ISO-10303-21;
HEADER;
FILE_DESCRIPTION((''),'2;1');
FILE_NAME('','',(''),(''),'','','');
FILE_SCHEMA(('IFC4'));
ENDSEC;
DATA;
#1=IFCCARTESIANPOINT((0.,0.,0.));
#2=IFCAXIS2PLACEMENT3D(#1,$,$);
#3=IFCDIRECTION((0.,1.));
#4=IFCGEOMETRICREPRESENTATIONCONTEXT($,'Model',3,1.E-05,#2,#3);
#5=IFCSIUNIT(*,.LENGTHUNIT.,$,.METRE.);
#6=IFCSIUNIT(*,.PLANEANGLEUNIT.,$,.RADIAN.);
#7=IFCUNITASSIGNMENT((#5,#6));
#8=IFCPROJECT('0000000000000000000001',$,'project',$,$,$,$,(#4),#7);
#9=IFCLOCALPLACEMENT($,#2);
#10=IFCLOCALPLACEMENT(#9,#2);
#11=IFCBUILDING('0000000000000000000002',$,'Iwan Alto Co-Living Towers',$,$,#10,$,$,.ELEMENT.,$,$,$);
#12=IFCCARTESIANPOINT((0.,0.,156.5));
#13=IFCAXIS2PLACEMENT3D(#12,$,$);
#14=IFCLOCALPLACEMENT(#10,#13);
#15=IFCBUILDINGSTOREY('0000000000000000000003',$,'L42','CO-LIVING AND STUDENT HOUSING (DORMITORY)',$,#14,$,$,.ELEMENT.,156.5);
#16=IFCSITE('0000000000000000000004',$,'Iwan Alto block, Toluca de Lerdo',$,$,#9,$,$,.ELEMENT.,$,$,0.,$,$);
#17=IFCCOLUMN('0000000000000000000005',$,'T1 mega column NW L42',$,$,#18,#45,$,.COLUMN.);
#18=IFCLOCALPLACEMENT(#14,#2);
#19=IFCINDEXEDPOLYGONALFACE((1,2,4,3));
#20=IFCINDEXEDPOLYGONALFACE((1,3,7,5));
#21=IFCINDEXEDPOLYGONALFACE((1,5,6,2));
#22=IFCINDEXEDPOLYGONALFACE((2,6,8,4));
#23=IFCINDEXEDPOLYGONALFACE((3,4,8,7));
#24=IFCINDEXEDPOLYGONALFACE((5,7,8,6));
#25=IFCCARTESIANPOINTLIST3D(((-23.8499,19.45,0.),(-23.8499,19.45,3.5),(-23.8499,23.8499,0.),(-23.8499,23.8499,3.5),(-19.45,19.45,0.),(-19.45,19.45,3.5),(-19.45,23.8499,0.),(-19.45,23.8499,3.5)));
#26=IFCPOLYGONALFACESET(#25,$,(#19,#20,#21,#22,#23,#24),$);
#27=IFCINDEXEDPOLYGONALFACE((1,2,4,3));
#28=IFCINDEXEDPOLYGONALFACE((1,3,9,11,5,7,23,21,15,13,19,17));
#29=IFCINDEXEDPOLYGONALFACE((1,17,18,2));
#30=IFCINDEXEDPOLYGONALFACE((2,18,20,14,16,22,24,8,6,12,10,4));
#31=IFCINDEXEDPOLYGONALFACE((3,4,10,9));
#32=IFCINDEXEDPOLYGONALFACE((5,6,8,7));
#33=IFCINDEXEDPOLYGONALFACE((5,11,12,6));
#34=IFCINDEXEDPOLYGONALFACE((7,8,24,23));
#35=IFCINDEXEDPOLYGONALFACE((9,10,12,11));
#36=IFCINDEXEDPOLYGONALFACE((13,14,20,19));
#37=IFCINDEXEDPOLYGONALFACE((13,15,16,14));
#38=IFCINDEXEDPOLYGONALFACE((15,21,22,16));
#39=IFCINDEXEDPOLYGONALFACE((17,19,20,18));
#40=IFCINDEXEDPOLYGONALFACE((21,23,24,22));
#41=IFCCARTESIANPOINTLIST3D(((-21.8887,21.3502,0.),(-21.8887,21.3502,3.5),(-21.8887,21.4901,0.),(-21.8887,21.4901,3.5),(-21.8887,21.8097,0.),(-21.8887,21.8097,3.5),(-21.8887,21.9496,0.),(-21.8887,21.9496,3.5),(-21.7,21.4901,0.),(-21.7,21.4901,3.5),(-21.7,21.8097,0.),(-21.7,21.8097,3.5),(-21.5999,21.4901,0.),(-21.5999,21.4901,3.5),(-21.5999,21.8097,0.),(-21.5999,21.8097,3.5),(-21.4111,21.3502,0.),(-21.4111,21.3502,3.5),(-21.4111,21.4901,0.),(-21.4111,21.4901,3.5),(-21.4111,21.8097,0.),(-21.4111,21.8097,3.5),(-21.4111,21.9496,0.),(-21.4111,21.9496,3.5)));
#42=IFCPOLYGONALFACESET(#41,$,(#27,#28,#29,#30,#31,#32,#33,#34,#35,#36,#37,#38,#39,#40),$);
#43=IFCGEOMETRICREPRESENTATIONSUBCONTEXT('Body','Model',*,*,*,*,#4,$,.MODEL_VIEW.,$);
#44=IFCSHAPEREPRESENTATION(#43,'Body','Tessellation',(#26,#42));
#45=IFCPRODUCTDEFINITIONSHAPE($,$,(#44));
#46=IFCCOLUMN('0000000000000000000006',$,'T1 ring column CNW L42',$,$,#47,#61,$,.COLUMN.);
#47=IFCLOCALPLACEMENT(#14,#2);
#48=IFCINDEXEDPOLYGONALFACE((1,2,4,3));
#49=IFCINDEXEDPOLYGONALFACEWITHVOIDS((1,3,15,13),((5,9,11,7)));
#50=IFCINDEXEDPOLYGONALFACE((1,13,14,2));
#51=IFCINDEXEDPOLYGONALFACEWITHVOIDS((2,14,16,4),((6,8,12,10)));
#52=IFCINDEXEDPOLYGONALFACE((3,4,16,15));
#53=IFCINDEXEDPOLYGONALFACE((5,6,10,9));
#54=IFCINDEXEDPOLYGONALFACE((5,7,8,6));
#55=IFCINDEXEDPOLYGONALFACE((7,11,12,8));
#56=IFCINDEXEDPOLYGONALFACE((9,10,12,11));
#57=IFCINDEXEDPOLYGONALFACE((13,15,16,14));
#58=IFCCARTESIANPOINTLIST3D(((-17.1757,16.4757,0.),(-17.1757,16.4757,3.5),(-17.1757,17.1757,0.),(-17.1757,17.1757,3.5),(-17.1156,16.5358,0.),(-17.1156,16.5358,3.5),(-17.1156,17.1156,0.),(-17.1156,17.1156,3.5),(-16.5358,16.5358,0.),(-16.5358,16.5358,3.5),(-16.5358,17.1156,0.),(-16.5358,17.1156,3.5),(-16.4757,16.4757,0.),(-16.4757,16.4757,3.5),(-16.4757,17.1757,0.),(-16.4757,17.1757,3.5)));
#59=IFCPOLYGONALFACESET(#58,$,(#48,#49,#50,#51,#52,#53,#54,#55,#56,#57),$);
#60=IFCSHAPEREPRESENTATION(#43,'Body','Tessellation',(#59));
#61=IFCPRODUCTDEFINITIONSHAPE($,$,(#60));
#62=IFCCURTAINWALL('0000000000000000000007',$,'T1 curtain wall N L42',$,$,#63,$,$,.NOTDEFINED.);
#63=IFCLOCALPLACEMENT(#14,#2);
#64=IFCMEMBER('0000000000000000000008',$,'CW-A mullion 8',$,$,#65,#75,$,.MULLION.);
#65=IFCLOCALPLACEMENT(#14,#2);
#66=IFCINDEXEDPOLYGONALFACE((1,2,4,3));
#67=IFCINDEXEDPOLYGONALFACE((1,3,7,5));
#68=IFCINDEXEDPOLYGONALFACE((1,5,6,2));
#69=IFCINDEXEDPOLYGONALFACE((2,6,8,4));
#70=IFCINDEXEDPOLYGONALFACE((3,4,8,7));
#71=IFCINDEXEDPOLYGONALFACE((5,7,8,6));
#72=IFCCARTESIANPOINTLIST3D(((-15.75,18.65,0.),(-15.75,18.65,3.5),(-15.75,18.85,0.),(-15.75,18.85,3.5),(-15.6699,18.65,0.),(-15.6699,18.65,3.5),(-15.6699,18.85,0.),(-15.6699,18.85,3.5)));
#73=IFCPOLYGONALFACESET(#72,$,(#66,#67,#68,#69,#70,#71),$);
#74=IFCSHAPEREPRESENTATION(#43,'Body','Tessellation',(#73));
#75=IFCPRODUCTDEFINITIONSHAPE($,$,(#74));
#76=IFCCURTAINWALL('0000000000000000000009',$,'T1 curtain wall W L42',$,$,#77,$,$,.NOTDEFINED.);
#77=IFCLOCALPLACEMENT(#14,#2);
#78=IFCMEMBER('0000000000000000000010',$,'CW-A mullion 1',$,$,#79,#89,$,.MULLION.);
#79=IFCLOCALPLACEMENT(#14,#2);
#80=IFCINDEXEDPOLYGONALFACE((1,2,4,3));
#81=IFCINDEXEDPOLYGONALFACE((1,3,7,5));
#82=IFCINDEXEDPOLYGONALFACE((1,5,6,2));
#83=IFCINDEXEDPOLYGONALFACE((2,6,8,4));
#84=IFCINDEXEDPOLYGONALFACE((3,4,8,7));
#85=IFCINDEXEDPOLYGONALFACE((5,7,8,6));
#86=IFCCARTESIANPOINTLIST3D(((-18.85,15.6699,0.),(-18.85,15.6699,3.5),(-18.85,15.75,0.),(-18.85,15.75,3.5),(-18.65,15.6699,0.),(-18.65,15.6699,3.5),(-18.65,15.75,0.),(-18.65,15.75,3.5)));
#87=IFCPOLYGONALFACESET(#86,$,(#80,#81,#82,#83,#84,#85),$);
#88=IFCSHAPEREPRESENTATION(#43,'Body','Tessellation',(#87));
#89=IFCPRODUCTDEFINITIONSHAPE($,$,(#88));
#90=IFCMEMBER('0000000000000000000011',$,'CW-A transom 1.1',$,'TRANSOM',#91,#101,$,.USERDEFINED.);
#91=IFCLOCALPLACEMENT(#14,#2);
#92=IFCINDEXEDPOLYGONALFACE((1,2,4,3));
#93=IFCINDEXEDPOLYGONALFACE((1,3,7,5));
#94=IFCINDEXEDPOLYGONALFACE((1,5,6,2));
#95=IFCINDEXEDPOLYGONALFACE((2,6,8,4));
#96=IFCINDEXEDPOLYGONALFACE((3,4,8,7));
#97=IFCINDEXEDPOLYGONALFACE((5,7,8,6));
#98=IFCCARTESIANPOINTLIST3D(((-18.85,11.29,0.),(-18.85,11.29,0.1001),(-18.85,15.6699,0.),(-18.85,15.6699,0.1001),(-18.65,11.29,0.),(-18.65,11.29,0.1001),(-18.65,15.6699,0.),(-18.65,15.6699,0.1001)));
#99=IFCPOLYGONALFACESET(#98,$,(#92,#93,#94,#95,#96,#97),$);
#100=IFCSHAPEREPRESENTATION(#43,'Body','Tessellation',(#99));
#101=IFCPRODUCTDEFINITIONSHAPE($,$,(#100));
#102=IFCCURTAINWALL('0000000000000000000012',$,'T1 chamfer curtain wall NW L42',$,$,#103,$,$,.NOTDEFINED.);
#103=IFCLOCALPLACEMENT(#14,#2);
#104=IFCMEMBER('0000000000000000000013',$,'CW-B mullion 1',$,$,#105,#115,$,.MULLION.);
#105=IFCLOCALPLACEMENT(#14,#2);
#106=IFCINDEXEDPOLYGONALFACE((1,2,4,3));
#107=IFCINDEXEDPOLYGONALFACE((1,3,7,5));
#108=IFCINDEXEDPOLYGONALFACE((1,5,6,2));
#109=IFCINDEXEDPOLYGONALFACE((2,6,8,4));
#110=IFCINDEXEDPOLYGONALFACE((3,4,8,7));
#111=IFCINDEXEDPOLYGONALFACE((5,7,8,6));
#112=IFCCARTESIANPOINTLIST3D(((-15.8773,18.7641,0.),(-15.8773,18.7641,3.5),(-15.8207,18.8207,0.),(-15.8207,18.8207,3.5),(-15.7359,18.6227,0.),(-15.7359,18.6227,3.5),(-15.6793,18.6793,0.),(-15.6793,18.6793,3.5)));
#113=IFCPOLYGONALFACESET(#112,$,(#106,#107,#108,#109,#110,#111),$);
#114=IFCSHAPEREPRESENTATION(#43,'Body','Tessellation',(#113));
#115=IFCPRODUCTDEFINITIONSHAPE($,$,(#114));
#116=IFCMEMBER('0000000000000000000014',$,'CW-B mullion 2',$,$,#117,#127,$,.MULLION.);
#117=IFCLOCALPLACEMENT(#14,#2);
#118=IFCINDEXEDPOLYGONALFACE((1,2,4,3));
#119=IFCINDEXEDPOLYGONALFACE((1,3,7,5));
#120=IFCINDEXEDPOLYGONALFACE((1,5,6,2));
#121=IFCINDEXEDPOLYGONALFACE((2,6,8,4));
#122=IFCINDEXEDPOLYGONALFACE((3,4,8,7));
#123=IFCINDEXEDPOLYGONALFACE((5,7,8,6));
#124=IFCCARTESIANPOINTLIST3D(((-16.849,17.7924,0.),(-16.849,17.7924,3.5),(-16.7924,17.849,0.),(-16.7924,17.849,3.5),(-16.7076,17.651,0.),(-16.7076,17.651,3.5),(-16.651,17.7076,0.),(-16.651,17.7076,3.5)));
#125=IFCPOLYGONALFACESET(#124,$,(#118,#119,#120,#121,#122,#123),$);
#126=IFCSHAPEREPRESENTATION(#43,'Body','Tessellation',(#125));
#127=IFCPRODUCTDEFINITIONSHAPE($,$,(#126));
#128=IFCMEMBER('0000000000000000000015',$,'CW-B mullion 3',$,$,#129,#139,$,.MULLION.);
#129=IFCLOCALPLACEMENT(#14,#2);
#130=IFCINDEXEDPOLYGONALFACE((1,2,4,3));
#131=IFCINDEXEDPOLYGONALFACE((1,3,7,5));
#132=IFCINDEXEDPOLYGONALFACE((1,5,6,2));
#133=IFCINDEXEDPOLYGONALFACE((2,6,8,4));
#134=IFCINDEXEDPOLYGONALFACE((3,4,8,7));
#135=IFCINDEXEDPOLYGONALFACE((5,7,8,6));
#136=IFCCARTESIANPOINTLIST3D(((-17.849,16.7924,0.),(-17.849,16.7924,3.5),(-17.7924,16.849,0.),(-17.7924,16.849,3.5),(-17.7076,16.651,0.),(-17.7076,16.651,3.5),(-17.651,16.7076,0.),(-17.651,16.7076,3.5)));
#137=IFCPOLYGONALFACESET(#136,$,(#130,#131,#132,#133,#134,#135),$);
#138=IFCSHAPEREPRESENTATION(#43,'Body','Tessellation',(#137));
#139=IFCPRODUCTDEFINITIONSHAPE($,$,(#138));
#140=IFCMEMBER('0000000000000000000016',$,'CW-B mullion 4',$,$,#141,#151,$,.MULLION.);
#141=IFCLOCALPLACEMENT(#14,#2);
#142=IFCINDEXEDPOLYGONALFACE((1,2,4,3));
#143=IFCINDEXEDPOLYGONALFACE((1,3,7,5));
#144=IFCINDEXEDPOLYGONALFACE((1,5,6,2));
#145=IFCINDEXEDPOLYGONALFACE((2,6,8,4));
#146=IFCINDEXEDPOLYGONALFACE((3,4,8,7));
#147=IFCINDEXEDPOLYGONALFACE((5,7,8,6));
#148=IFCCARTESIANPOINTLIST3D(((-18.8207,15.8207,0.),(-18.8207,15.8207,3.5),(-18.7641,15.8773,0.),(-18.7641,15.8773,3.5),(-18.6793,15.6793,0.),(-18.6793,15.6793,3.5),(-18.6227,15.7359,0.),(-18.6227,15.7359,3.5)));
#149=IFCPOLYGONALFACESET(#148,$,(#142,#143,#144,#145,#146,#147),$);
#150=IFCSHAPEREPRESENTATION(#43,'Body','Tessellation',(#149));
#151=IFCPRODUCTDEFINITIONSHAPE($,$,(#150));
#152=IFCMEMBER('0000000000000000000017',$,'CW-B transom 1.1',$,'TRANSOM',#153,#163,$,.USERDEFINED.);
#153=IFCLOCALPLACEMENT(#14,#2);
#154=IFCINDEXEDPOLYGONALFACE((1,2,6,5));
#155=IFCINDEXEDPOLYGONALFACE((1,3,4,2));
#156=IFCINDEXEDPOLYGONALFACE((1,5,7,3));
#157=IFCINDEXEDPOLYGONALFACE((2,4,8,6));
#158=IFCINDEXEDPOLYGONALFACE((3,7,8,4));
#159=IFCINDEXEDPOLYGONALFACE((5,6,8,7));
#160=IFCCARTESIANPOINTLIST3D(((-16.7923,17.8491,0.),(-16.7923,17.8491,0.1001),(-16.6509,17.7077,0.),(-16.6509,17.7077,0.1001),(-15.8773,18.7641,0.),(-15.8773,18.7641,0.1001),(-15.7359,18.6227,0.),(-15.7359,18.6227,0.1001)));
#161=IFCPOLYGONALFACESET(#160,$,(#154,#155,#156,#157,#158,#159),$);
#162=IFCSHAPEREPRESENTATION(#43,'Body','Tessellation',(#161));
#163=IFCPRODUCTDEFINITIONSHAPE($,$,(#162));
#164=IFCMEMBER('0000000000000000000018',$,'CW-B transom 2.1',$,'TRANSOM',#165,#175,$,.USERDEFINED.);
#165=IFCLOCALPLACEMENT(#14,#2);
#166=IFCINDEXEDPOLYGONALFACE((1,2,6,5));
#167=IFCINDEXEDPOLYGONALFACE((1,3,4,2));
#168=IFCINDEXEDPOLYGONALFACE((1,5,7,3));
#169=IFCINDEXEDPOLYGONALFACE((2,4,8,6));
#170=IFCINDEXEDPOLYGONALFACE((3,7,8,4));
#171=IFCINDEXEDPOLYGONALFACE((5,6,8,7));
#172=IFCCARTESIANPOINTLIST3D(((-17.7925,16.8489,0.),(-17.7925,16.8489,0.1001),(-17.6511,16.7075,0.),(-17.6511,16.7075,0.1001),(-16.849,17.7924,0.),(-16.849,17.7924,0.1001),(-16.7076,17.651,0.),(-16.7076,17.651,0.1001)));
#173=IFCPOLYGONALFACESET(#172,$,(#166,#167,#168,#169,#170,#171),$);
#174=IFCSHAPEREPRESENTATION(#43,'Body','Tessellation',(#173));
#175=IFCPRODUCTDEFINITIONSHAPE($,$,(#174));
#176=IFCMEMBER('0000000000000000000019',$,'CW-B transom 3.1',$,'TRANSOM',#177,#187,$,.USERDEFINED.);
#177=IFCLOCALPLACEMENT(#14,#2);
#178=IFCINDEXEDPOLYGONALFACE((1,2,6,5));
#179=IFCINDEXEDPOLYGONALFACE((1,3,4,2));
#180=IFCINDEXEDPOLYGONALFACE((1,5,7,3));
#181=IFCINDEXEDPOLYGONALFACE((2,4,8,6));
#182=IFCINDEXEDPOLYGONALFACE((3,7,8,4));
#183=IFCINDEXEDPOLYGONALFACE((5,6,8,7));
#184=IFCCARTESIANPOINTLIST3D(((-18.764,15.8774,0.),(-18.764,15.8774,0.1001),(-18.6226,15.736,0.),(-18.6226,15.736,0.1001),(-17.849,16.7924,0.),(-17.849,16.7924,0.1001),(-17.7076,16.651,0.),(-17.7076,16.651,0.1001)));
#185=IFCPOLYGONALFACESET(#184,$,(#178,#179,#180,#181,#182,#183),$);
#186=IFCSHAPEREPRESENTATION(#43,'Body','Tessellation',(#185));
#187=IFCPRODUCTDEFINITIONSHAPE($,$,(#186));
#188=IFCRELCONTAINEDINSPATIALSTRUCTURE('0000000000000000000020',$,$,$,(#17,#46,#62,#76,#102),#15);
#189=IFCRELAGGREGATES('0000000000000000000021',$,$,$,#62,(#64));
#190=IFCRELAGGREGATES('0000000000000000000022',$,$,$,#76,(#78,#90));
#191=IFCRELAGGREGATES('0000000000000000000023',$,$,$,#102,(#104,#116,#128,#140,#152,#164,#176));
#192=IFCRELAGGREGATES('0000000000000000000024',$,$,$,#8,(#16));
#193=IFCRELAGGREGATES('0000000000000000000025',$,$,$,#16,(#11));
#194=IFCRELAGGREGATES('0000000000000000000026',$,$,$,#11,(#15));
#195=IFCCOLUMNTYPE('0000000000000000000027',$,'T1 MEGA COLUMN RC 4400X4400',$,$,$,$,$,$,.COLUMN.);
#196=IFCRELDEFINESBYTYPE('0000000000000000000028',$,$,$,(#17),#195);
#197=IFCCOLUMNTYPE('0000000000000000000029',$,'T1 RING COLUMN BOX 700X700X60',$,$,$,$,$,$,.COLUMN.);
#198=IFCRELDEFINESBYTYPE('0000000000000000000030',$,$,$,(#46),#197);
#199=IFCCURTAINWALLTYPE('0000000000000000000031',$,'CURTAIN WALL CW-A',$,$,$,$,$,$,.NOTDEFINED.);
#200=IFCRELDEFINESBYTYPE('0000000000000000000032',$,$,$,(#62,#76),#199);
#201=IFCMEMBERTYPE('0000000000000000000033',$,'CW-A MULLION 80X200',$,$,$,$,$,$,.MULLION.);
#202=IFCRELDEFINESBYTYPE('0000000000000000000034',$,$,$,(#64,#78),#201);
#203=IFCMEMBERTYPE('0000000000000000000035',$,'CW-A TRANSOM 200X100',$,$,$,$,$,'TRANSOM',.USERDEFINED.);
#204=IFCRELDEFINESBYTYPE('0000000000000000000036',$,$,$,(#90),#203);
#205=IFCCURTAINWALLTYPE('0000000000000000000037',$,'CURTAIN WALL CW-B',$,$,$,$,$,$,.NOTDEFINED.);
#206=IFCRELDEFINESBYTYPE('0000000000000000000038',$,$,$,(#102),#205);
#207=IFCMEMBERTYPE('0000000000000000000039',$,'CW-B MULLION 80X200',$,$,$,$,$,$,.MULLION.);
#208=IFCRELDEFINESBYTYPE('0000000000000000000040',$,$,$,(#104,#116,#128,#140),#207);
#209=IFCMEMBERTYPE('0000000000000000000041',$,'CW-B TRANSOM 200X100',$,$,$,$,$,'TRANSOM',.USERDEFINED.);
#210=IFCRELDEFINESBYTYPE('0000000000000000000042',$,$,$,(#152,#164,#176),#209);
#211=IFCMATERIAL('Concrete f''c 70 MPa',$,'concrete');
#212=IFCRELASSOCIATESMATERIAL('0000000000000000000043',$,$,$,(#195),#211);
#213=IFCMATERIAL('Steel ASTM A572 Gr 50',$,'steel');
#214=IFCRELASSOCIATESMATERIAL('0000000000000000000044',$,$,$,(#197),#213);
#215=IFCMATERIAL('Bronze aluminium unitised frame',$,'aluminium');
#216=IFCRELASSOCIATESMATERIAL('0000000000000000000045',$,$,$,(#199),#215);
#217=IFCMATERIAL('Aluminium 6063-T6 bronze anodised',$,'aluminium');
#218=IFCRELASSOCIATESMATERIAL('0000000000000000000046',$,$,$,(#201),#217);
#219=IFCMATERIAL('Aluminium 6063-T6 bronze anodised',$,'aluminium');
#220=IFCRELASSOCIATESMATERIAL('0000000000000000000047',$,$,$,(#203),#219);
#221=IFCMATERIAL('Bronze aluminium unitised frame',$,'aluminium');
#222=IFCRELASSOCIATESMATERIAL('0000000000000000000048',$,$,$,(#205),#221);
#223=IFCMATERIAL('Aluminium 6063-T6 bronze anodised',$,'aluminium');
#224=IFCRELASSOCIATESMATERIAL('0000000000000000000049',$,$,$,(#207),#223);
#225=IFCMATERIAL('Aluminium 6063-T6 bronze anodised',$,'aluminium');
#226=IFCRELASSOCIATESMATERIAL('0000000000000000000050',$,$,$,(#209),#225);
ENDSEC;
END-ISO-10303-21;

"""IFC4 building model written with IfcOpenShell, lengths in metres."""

from ifc_helpers import new_model, si_unit, direction, frame, origin, origin_2d, place, context, subcontext, project, spatial, rectangle, hollow_rectangle, i_section, extrude, material, material_profile, profile_set, type_object, element, aggregate, save


model = new_model("IFC4")

# Units and contexts
model_context = context("Model", 3, precision=1e-05, world=origin(), true_north=direction((0.0, 1.0)))
body_context = subcontext(model_context, "Body", "Model", "MODEL_VIEW")
ifc_project = project(units=[si_unit("LENGTHUNIT", "METRE"), si_unit("PLANEANGLEUNIT", "RADIAN")], contexts=[model_context])

# Site, building, storey
site_placement = place(None, origin())
site = spatial("IfcSite", under=ifc_project, at=site_placement, Name="Iwan Alto block, Toluca de Lerdo", CompositionType="ELEMENT", RefElevation=0.0)
building_placement = place(site_placement, origin())
building = spatial("IfcBuilding", under=site, at=building_placement, Name="Iwan Alto Co-Living Towers", CompositionType="ELEMENT")
storey_placement = place(building_placement, frame((0.0, 0.0, 156.5)))
storey = spatial("IfcBuildingStorey", under=building, at=storey_placement, Name="L42", Description="CO-LIVING AND STUDENT HOUSING (DORMITORY)", CompositionType="ELEMENT", Elevation=156.5)

# Columns
ifc_material_1 = material(Name="Concrete f'c 70 MPa", Category="concrete")
ifc_material_profile_1 = material_profile(ifc_material_1, rectangle(XDim=4.3999, YDim=4.3999, at=origin_2d()), Name="RC 4400X4400")
ifc_profile_set_1 = profile_set([ifc_material_profile_1], Name="Concrete f'c 70 MPa")
column_type_1 = type_object("IfcColumnType", Name="T1 MEGA COLUMN RC 4400X4400", PredefinedType="COLUMN", material=ifc_profile_set_1)
column_1_placement = place(storey_placement, frame((-21.6499, 21.6499, 0.0), z_axis=(0.0, 0.0, 1.0), x_axis=(1.0, 0.0, 0.0)))
element("IfcColumn", 1, at=column_1_placement, inside=storey, type_object=column_type_1, Name="T1 mega column NW L42", PredefinedType="COLUMN", context=body_context, shape_type="SweptSolid", body=[
    extrude(rectangle(XDim=4.3999, YDim=4.3999, at=origin_2d()), origin(), (0.0, 0.0, 1.0), 3.5),
    extrude(i_section(OverallWidth=0.4775, OverallDepth=0.5994, WebThickness=0.1001, FlangeThickness=0.1399, at=origin_2d()), origin(), (0.0, 0.0, 1.0), 3.5),
])
ifc_material_2 = material(Name="Steel ASTM A572 Gr 50", Category="steel")
ifc_material_profile_2 = material_profile(ifc_material_2, hollow_rectangle(XDim=0.7, YDim=0.7, WallThickness=0.0601, at=origin_2d()), Name="BOX 700X700X60")
ifc_profile_set_2 = profile_set([ifc_material_profile_2], Name="Steel ASTM A572 Gr 50")
column_type_2 = type_object("IfcColumnType", Name="T1 RING COLUMN BOX 700X700X60", PredefinedType="COLUMN", material=ifc_profile_set_2)
column_2_placement = place(storey_placement, frame((-16.8257, 16.8257, 0.0), z_axis=(0.0, 0.0, 1.0), x_axis=(1.0, 0.0, 0.0)))
element("IfcColumn", 2, at=column_2_placement, inside=storey, type_object=column_type_2, Name="T1 ring column CNW L42", PredefinedType="COLUMN", context=body_context, shape_type="SweptSolid", body=[
    extrude(hollow_rectangle(XDim=0.7, YDim=0.7, WallThickness=0.0601, at=origin_2d()), origin(), (0.0, 0.0, 1.0), 3.5),
])

# Curtain wall, member
ifc_material_3 = material(Name="Bronze aluminium unitised frame", Category="aluminium")
curtain_wall_type_1 = type_object("IfcCurtainWallType", Name="CURTAIN WALL CW-A", PredefinedType="NOTDEFINED", material=ifc_material_3)
curtain_wall_1_placement = place(storey_placement, origin())
curtain_wall_1 = element("IfcCurtainWall", 3, at=curtain_wall_1_placement, inside=storey, type_object=curtain_wall_type_1, Name="T1 curtain wall N L42", PredefinedType="NOTDEFINED")
ifc_material_4 = material(Name="Aluminium 6063-T6 bronze anodised", Category="aluminium")
ifc_material_profile_3 = material_profile(ifc_material_4, rectangle(XDim=0.2, YDim=0.0801, at=origin_2d()), Name="AL 80X200")
ifc_profile_set_3 = profile_set([ifc_material_profile_3], Name="Aluminium 6063-T6 bronze anodised")
member_type_1 = type_object("IfcMemberType", Name="CW-A MULLION 80X200", PredefinedType="MULLION", material=ifc_profile_set_3)
member_1_placement = place(storey_placement, frame((-15.71, 18.75, 0.0), z_axis=(0.0, 0.0, 1.0), x_axis=(0.0, -1.0, 0.0)))
member_1 = element("IfcMember", 4, at=member_1_placement, type_object=member_type_1, Name="CW-A mullion 8", PredefinedType="MULLION", context=body_context, shape_type="SweptSolid", body=[
    extrude(rectangle(XDim=0.2, YDim=0.0801, at=origin_2d()), origin(), (0.0, 0.0, 1.0), 3.5),
])
aggregate(curtain_wall_1, [member_1])

# Curtain walls, members
curtain_wall_2_placement = place(storey_placement, origin())
curtain_wall_2 = element("IfcCurtainWall", 5, at=curtain_wall_2_placement, inside=storey, type_object=curtain_wall_type_1, Name="T1 curtain wall W L42", PredefinedType="NOTDEFINED")
member_2_placement = place(storey_placement, frame((-18.75, 15.71, 0.0), z_axis=(0.0, 0.0, 1.0), x_axis=(1.0, 0.0, 0.0)))
member_2 = element("IfcMember", 6, at=member_2_placement, type_object=member_type_1, Name="CW-A mullion 1", PredefinedType="MULLION", context=body_context, shape_type="SweptSolid", body=[
    extrude(rectangle(XDim=0.2, YDim=0.0801, at=origin_2d()), origin(), (0.0, 0.0, 1.0), 3.5),
])
ifc_material_5 = material(Name="Aluminium 6063-T6 bronze anodised", Category="aluminium")
ifc_material_profile_4 = material_profile(ifc_material_5, rectangle(XDim=0.2, YDim=0.1001, at=origin_2d()), Name="AL 200X100")
ifc_profile_set_4 = profile_set([ifc_material_profile_4], Name="Aluminium 6063-T6 bronze anodised")
member_type_2 = type_object("IfcMemberType", Name="CW-A TRANSOM 200X100", ElementType="TRANSOM", PredefinedType="USERDEFINED", material=ifc_profile_set_4)
member_3_placement = place(storey_placement, frame((-18.75, 15.6699, 0.05), z_axis=(0.0, -1.0, 0.0), x_axis=(1.0, 0.0, 0.0)))
member_3 = element("IfcMember", 7, at=member_3_placement, type_object=member_type_2, Name="CW-A transom 1.1", ObjectType="TRANSOM", PredefinedType="USERDEFINED", context=body_context, shape_type="SweptSolid", body=[
    extrude(rectangle(XDim=0.2, YDim=0.1001, at=origin_2d()), origin(), (0.0, 0.0, 1.0), 4.3799),
])
ifc_material_6 = material(Name="Bronze aluminium unitised frame", Category="aluminium")
curtain_wall_type_2 = type_object("IfcCurtainWallType", Name="CURTAIN WALL CW-B", PredefinedType="NOTDEFINED", material=ifc_material_6)
curtain_wall_3_placement = place(storey_placement, origin())
curtain_wall_3 = element("IfcCurtainWall", 8, at=curtain_wall_3_placement, inside=storey, type_object=curtain_wall_type_2, Name="T1 chamfer curtain wall NW L42", PredefinedType="NOTDEFINED")
ifc_material_7 = material(Name="Aluminium 6063-T6 bronze anodised", Category="aluminium")
ifc_material_profile_5 = material_profile(ifc_material_7, rectangle(XDim=0.2, YDim=0.0801, at=origin_2d()), Name="AL 80X200")
ifc_profile_set_5 = profile_set([ifc_material_profile_5], Name="Aluminium 6063-T6 bronze anodised")
member_type_3 = type_object("IfcMemberType", Name="CW-B MULLION 80X200", PredefinedType="MULLION", material=ifc_profile_set_5)
member_4_placement = place(storey_placement, frame((-15.7783, 18.7217, 0.0), z_axis=(0.0, 0.0, 1.0), x_axis=(0.707107, -0.707107, 0.0)))
member_4 = element("IfcMember", 9, at=member_4_placement, type_object=member_type_3, Name="CW-B mullion 1", PredefinedType="MULLION", context=body_context, shape_type="SweptSolid", body=[
    extrude(rectangle(XDim=0.2, YDim=0.0801, at=origin_2d()), origin(), (0.0, 0.0, 1.0), 3.5),
])
member_5_placement = place(storey_placement, frame((-16.75, 17.75, 0.0), z_axis=(0.0, 0.0, 1.0), x_axis=(0.707107, -0.707107, 0.0)))
member_5 = element("IfcMember", 10, at=member_5_placement, type_object=member_type_3, Name="CW-B mullion 2", PredefinedType="MULLION", context=body_context, shape_type="SweptSolid", body=[
    extrude(rectangle(XDim=0.2, YDim=0.0801, at=origin_2d()), origin(), (0.0, 0.0, 1.0), 3.5),
])
member_6_placement = place(storey_placement, frame((-17.75, 16.75, 0.0), z_axis=(0.0, 0.0, 1.0), x_axis=(0.707107, -0.707107, 0.0)))
member_6 = element("IfcMember", 11, at=member_6_placement, type_object=member_type_3, Name="CW-B mullion 3", PredefinedType="MULLION", context=body_context, shape_type="SweptSolid", body=[
    extrude(rectangle(XDim=0.2, YDim=0.0801, at=origin_2d()), origin(), (0.0, 0.0, 1.0), 3.5),
])
member_7_placement = place(storey_placement, frame((-18.7217, 15.7783, 0.0), z_axis=(0.0, 0.0, 1.0), x_axis=(0.707107, -0.707107, 0.0)))
member_7 = element("IfcMember", 12, at=member_7_placement, type_object=member_type_3, Name="CW-B mullion 4", PredefinedType="MULLION", context=body_context, shape_type="SweptSolid", body=[
    extrude(rectangle(XDim=0.2, YDim=0.0801, at=origin_2d()), origin(), (0.0, 0.0, 1.0), 3.5),
])
ifc_material_8 = material(Name="Aluminium 6063-T6 bronze anodised", Category="aluminium")
ifc_material_profile_6 = material_profile(ifc_material_8, rectangle(XDim=0.2, YDim=0.1001, at=origin_2d()), Name="AL 200X100")
ifc_profile_set_6 = profile_set([ifc_material_profile_6], Name="Aluminium 6063-T6 bronze anodised")
member_type_4 = type_object("IfcMemberType", Name="CW-B TRANSOM 200X100", ElementType="TRANSOM", PredefinedType="USERDEFINED", material=ifc_profile_set_6)
member_8_placement = place(storey_placement, frame((-15.8066, 18.6934, 0.05), z_axis=(-0.707107, -0.707107, 0.0), x_axis=(0.707107, -0.707107, 0.0)))
member_8 = element("IfcMember", 13, at=member_8_placement, type_object=member_type_4, Name="CW-B transom 1.1", ObjectType="TRANSOM", PredefinedType="USERDEFINED", context=body_context, shape_type="SweptSolid", body=[
    extrude(rectangle(XDim=0.2, YDim=0.1001, at=origin_2d()), origin(), (0.0, 0.0, 1.0), 1.2939),
])
member_9_placement = place(storey_placement, frame((-16.7783, 17.7217, 0.05), z_axis=(-0.707107, -0.707107, 0.0), x_axis=(0.707107, -0.707107, 0.0)))
member_9 = element("IfcMember", 14, at=member_9_placement, type_object=member_type_4, Name="CW-B transom 2.1", ObjectType="TRANSOM", PredefinedType="USERDEFINED", context=body_context, shape_type="SweptSolid", body=[
    extrude(rectangle(XDim=0.2, YDim=0.1001, at=origin_2d()), origin(), (0.0, 0.0, 1.0), 1.3342),
])
member_10_placement = place(storey_placement, frame((-17.7783, 16.7217, 0.05), z_axis=(-0.707107, -0.707107, 0.0), x_axis=(0.707107, -0.707107, 0.0)))
member_10 = element("IfcMember", 15, at=member_10_placement, type_object=member_type_4, Name="CW-B transom 3.1", ObjectType="TRANSOM", PredefinedType="USERDEFINED", context=body_context, shape_type="SweptSolid", body=[
    extrude(rectangle(XDim=0.2, YDim=0.1001, at=origin_2d()), origin(), (0.0, 0.0, 1.0), 1.2939),
])

aggregate(curtain_wall_2, [member_2, member_3])
aggregate(curtain_wall_3, [member_4, member_5, member_6, member_7, member_8, member_9, member_10])

save(model, "model.ifc")
